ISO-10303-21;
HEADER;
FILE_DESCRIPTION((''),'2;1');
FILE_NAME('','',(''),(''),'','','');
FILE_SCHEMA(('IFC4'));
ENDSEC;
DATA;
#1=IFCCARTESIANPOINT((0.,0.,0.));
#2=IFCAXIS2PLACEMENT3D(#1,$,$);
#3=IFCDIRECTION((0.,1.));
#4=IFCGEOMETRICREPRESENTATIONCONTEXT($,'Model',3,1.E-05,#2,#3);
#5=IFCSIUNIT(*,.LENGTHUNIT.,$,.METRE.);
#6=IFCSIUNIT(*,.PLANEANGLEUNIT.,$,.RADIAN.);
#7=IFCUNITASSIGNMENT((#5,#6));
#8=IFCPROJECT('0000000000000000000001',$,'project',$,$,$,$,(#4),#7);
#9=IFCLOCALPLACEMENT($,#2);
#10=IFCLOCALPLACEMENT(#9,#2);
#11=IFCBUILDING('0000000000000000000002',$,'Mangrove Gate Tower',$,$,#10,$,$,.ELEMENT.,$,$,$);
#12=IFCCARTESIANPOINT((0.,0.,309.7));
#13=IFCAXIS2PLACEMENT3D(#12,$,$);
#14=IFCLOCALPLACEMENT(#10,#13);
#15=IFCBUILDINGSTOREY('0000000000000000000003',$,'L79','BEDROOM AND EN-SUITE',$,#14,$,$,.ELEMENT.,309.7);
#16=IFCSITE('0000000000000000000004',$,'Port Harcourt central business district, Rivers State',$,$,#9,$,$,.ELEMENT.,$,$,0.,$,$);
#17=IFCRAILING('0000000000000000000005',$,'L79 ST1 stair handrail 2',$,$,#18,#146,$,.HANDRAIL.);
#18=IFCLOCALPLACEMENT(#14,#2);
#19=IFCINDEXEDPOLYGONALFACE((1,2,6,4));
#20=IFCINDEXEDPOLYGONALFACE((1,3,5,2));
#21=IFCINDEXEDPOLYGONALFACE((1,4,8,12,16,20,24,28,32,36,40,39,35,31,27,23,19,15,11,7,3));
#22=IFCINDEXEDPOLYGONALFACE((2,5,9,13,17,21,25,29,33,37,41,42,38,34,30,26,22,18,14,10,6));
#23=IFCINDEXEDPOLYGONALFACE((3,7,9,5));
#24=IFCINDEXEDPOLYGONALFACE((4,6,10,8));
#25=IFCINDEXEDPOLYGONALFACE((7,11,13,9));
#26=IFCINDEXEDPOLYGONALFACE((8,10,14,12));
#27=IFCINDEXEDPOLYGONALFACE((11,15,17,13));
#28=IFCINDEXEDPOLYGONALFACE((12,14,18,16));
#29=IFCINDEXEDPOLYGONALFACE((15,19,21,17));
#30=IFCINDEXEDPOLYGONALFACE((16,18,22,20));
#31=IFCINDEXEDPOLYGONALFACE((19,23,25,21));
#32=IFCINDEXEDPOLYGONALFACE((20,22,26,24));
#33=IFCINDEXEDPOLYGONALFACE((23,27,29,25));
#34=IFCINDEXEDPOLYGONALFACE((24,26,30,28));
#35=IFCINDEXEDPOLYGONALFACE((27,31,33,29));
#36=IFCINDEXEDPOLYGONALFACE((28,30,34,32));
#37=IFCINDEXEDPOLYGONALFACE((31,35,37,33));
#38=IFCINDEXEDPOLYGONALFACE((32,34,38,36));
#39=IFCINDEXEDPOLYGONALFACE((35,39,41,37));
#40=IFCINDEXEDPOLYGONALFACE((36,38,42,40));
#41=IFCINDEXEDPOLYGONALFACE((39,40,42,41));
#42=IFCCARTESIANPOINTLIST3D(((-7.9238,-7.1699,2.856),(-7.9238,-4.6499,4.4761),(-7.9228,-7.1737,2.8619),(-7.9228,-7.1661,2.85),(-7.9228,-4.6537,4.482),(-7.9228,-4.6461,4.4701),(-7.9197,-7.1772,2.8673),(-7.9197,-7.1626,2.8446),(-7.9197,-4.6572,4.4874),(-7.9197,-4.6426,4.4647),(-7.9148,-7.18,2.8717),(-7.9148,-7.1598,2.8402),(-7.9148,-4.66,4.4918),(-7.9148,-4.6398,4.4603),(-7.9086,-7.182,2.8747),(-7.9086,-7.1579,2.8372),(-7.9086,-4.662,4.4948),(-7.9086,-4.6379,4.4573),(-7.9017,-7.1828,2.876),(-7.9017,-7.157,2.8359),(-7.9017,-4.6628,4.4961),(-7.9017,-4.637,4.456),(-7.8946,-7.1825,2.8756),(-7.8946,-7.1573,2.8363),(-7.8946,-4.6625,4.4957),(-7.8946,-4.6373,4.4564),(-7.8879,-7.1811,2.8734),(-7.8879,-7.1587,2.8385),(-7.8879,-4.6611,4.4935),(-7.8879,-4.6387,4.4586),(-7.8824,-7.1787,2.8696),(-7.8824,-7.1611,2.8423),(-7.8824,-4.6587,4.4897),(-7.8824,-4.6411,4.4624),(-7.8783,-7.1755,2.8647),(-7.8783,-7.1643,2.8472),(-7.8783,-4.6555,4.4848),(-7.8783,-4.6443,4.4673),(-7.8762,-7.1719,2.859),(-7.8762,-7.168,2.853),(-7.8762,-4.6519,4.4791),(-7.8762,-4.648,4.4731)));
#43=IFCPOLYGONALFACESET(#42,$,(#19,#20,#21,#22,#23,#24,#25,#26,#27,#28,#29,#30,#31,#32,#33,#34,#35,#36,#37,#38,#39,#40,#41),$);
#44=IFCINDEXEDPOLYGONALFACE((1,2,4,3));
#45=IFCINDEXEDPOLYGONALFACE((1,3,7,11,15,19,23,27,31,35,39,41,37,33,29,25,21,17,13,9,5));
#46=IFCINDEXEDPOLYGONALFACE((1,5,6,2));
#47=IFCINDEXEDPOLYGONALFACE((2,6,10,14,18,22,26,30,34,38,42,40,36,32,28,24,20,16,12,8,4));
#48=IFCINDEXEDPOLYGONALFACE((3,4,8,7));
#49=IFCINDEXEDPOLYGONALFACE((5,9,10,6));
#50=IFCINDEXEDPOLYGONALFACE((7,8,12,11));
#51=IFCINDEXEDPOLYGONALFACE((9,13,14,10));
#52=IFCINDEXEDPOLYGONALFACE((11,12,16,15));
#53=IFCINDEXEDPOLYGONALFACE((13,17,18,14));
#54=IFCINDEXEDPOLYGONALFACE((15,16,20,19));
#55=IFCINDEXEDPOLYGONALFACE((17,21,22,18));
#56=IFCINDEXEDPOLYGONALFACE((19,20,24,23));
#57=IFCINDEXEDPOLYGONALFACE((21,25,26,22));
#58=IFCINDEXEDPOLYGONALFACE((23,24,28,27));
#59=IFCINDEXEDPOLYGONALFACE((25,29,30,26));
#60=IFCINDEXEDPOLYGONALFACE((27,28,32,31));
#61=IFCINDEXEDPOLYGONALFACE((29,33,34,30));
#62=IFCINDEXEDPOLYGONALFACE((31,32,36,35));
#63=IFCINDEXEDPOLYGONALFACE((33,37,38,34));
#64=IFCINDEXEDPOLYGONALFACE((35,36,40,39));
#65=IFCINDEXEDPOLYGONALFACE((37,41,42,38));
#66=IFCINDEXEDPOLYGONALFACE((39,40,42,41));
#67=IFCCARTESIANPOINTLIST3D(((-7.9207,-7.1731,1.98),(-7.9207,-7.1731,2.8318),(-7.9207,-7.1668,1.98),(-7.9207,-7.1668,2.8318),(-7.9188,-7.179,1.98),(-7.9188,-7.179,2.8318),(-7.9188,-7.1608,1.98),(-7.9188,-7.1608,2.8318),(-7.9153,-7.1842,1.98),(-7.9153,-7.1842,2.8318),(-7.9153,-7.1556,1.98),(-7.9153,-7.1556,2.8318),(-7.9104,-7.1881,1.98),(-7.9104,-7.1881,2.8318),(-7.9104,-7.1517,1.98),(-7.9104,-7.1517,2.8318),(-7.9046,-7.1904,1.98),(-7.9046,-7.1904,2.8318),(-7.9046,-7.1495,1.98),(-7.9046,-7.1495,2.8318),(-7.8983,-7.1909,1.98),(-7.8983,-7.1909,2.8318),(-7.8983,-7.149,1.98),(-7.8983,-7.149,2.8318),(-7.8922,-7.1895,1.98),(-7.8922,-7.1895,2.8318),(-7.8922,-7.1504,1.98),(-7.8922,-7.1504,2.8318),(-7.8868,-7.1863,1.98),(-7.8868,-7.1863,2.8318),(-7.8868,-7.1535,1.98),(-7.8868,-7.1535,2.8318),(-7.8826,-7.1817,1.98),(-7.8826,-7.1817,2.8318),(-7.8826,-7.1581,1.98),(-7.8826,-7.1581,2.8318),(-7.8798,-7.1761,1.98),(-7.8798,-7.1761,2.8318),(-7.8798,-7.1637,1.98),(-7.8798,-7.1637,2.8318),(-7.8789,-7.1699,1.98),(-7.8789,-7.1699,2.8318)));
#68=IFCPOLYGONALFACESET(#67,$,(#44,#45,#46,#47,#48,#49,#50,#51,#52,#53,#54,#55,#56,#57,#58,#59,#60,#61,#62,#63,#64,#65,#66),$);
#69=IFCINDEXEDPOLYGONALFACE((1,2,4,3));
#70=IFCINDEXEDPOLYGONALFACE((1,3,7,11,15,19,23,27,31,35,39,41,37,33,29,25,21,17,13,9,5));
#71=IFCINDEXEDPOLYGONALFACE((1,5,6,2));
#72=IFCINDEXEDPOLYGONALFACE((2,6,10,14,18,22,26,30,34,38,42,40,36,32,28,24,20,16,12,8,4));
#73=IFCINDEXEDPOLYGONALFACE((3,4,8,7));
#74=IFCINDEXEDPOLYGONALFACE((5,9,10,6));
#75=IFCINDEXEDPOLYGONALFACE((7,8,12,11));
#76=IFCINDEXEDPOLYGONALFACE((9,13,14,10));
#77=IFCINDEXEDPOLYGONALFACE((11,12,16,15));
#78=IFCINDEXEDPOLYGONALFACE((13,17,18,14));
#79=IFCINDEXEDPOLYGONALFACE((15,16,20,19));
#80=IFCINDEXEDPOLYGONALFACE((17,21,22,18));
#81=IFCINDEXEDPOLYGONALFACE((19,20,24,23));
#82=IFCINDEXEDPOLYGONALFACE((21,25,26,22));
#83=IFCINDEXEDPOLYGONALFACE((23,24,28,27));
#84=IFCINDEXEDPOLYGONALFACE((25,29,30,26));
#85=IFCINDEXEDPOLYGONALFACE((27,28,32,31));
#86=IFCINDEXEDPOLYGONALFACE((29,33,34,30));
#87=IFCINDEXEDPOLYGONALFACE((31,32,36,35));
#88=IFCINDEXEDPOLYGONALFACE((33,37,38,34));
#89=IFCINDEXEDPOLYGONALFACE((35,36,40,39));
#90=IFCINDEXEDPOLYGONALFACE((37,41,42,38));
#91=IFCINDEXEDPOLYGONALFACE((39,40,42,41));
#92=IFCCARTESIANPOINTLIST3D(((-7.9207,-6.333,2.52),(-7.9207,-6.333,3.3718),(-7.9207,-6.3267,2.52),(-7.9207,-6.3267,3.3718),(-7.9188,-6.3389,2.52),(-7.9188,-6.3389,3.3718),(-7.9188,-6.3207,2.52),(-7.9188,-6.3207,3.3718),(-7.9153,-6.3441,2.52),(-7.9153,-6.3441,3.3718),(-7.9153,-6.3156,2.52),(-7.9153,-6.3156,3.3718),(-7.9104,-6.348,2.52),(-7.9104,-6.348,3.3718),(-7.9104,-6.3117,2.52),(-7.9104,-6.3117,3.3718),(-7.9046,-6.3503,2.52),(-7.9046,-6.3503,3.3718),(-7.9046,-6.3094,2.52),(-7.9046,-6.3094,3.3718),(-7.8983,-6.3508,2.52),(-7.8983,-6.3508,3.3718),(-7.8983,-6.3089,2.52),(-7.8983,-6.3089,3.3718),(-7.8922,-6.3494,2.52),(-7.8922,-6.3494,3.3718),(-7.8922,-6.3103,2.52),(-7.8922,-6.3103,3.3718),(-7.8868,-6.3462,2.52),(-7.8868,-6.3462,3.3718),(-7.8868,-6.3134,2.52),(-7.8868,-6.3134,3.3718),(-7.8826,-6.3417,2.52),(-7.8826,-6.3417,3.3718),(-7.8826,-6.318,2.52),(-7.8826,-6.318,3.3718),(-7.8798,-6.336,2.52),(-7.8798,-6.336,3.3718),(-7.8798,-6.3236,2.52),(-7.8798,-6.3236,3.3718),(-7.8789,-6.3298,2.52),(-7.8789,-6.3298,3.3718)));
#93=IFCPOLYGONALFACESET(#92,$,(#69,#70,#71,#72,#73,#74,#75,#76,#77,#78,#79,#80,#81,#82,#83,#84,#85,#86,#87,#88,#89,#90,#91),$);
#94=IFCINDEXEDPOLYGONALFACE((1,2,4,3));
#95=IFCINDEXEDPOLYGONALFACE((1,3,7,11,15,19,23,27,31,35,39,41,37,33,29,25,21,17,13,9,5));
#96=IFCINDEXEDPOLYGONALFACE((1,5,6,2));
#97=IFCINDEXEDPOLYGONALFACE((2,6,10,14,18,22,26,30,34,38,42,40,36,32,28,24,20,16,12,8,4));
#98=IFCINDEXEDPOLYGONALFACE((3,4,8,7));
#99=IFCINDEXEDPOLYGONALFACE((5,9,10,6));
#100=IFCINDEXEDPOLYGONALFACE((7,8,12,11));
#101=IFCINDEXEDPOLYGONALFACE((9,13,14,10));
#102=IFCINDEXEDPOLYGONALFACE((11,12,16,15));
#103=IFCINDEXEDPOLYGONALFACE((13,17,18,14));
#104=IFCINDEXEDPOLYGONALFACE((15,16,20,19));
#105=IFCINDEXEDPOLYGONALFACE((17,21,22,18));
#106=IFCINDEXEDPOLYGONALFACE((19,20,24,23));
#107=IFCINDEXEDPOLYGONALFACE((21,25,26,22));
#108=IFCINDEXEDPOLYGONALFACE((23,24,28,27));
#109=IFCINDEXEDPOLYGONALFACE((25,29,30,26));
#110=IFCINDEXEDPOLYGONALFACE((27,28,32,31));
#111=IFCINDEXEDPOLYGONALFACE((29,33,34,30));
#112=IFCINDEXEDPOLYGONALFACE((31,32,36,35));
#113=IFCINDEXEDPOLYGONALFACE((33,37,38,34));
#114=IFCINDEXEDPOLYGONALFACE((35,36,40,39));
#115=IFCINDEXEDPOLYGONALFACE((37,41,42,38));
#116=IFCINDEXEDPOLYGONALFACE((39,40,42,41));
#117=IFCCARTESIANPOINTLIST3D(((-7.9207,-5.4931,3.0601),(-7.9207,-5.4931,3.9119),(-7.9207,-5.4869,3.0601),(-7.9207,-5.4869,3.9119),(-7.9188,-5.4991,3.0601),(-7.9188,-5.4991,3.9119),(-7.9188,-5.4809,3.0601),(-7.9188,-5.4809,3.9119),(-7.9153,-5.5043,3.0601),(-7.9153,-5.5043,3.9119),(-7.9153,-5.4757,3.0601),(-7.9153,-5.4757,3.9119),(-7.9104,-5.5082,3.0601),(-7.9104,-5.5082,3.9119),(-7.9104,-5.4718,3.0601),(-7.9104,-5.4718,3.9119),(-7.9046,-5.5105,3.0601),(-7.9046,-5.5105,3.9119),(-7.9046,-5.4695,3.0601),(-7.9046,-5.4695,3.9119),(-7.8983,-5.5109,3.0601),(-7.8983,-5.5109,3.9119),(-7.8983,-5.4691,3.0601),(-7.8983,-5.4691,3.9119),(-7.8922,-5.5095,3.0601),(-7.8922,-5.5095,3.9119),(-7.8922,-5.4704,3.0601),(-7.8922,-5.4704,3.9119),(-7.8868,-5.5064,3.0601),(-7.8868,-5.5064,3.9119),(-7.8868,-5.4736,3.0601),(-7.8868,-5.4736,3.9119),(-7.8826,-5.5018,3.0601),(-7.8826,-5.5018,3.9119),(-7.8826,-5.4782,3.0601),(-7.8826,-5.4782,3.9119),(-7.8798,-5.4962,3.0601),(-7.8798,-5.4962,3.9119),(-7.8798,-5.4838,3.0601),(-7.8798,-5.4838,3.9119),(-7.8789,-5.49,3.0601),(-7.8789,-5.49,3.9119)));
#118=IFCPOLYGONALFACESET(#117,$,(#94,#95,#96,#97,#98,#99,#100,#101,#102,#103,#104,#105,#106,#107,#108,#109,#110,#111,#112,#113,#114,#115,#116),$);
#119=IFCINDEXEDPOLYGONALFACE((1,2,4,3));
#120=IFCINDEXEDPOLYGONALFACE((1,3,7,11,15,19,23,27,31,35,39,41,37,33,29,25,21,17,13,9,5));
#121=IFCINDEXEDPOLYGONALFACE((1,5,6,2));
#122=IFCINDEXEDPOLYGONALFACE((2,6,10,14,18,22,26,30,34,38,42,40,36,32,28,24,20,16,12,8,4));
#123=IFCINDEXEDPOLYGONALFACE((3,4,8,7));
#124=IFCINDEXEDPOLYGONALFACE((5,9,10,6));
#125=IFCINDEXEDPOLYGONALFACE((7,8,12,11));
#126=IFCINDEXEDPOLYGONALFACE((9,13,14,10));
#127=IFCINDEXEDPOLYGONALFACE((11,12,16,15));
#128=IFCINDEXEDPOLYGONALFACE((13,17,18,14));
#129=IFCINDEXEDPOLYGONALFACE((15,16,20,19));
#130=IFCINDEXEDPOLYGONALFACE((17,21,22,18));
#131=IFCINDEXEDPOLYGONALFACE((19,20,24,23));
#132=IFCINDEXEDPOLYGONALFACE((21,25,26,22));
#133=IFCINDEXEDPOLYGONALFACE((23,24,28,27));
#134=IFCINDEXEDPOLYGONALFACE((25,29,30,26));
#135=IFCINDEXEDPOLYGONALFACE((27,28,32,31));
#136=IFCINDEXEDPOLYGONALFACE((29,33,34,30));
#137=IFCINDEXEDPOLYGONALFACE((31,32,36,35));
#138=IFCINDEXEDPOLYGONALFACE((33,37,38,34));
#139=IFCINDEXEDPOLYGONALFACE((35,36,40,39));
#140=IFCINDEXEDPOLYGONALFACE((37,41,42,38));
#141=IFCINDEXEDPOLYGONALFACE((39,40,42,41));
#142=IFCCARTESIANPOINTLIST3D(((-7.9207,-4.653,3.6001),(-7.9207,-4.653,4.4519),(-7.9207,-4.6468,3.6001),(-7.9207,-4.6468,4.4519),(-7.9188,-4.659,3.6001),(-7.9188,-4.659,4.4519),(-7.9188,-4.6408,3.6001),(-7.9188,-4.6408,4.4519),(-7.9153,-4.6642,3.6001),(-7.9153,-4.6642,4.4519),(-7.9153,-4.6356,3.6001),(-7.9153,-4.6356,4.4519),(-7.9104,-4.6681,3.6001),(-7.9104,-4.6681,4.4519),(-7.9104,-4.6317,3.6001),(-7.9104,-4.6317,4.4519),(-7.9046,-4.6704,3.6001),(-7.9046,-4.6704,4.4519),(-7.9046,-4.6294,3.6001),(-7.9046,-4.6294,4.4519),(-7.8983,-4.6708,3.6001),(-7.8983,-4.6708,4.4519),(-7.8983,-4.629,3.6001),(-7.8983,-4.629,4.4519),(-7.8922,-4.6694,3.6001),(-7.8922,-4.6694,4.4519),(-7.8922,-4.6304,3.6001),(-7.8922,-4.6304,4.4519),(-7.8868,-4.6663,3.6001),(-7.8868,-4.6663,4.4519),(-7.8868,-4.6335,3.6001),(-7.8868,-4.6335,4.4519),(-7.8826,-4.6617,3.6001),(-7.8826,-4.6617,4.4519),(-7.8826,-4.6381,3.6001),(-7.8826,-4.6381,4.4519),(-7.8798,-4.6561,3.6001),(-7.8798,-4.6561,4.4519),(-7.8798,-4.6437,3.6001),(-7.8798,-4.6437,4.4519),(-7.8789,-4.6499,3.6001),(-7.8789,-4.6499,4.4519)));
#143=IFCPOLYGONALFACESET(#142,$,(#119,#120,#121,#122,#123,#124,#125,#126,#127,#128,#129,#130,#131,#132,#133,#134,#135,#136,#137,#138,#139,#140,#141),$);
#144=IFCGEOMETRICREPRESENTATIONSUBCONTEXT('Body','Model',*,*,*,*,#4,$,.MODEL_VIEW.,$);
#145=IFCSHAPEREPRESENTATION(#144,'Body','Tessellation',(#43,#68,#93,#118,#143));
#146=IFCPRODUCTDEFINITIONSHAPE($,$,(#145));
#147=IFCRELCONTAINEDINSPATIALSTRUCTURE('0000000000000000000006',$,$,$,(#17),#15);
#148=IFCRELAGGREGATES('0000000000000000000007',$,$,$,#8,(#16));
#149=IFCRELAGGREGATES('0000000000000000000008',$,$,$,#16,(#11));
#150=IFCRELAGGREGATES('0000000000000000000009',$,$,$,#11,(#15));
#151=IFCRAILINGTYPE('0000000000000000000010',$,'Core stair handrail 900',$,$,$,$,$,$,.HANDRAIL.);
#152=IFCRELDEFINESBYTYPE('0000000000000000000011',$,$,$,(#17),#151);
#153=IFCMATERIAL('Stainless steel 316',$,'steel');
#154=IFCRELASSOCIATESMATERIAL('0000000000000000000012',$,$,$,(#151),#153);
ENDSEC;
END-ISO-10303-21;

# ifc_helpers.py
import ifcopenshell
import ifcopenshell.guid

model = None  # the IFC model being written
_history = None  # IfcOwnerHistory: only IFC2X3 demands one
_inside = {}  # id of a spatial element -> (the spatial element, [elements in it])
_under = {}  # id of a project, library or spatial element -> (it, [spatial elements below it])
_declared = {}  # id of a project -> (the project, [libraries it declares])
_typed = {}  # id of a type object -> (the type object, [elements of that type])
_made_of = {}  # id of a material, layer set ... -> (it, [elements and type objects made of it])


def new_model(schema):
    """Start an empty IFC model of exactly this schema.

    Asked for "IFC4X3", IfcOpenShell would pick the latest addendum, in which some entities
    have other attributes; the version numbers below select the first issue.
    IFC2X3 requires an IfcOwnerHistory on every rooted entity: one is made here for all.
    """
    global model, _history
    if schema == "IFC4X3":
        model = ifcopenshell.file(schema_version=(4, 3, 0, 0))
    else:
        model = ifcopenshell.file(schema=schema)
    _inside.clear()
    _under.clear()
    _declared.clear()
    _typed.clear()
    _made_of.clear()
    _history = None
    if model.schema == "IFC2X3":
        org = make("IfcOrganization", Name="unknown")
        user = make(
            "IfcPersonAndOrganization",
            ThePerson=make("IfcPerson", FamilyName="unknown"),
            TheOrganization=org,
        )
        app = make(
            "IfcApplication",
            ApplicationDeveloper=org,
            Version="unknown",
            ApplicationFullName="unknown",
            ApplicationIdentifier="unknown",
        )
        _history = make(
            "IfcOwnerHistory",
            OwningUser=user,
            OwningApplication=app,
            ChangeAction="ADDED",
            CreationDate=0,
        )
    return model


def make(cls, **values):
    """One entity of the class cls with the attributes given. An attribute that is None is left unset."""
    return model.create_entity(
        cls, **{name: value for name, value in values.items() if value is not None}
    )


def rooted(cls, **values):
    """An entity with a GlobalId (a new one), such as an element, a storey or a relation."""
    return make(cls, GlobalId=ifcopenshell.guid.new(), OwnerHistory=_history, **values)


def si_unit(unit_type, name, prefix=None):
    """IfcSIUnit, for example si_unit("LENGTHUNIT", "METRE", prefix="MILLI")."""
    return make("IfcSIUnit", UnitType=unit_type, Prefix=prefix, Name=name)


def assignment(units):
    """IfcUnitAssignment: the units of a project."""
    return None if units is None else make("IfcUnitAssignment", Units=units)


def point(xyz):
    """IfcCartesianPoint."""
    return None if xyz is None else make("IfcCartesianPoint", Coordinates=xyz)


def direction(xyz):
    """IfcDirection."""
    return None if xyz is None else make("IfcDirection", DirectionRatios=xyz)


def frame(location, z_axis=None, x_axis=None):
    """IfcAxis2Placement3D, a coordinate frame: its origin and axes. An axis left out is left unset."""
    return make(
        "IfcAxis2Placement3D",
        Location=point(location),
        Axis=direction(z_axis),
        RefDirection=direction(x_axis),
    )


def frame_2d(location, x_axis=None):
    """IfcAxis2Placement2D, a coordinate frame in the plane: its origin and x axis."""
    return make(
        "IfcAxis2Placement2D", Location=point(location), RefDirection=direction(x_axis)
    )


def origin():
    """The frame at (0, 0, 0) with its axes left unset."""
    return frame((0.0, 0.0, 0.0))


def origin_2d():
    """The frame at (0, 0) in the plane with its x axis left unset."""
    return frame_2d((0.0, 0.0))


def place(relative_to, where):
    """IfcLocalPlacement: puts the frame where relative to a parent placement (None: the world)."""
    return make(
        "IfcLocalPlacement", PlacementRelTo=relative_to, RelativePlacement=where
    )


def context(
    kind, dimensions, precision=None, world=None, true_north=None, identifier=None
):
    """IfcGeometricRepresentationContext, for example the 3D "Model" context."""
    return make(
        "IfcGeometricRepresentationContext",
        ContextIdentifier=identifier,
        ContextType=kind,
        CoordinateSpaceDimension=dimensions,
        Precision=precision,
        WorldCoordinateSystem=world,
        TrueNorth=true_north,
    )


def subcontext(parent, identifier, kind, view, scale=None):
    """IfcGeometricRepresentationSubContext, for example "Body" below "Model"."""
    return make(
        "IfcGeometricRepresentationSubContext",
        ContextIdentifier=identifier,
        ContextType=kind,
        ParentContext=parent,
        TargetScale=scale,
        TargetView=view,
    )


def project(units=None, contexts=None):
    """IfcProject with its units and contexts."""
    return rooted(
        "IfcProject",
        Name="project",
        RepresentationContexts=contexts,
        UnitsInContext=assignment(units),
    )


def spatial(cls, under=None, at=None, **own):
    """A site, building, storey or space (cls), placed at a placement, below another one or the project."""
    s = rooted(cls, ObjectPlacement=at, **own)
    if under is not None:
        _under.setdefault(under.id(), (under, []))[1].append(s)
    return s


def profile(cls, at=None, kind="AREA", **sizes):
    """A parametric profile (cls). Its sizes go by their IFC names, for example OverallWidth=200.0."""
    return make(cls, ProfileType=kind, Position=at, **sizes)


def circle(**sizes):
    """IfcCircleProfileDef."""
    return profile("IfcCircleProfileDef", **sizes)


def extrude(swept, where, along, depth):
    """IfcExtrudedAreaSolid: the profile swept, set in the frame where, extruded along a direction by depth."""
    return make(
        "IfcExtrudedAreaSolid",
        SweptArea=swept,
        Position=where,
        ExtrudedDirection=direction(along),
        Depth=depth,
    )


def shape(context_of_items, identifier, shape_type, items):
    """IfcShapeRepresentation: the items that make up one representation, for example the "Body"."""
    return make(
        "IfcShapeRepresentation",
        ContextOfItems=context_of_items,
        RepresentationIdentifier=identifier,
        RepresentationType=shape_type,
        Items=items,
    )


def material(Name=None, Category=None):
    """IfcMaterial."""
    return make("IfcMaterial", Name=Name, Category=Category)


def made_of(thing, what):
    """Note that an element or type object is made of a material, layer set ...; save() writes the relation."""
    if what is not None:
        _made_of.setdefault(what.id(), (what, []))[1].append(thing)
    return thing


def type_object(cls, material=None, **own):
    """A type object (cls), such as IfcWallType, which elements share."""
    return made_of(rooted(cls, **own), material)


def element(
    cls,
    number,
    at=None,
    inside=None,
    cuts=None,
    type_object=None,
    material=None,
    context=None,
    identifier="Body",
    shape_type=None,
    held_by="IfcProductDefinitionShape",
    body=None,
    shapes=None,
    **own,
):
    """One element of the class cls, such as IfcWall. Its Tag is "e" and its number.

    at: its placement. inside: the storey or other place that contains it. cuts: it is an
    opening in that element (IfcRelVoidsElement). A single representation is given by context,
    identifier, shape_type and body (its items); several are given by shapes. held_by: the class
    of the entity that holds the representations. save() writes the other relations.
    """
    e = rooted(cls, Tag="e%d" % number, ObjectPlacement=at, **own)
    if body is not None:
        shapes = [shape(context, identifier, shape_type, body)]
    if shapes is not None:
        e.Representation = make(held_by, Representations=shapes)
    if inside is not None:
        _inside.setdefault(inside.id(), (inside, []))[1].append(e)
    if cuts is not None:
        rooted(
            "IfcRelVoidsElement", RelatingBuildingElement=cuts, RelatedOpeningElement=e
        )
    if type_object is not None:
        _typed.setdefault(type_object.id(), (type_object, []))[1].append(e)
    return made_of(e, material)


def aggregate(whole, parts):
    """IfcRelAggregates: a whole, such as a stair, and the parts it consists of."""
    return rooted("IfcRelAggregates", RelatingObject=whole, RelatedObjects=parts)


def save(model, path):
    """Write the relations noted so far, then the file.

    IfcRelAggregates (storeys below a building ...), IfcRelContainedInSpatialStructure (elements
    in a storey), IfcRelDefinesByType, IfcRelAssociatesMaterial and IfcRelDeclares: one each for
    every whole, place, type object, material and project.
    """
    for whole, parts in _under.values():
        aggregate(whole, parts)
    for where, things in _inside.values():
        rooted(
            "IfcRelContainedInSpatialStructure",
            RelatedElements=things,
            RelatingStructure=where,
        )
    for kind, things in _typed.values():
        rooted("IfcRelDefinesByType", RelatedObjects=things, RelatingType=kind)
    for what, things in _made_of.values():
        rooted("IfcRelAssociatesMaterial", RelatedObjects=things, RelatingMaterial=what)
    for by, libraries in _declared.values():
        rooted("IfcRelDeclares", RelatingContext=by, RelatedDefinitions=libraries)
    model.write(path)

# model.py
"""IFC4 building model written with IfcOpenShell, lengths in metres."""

from ifc_helpers import new_model, si_unit, direction, frame, origin, origin_2d, place, context, subcontext, project, spatial, circle, extrude, material, type_object, element, save


model = new_model("IFC4")

# Units and contexts
model_context = context("Model", 3, precision=1e-05, world=origin(), true_north=direction((0.0, 1.0)))
body_context = subcontext(model_context, "Body", "Model", "MODEL_VIEW")
ifc_project = project(units=[si_unit("LENGTHUNIT", "METRE"), si_unit("PLANEANGLEUNIT", "RADIAN")], contexts=[model_context])

# Site, building, storey
site_placement = place(None, origin())
site = spatial("IfcSite", under=ifc_project, at=site_placement, Name="Port Harcourt central business district, Rivers State", CompositionType="ELEMENT", RefElevation=0.0)
building_placement = place(site_placement, origin())
building = spatial("IfcBuilding", under=site, at=building_placement, Name="Mangrove Gate Tower", CompositionType="ELEMENT")
storey_placement = place(building_placement, frame((0.0, 0.0, 309.7)))
storey = spatial("IfcBuildingStorey", under=building, at=storey_placement, Name="L79", Description="BEDROOM AND EN-SUITE", CompositionType="ELEMENT", Elevation=309.7)

# Railing
ifc_material_1 = material(Name="Stainless steel 316", Category="steel")
railing_type_1 = type_object("IfcRailingType", Name="Core stair handrail 900", PredefinedType="HANDRAIL", material=ifc_material_1)
railing_1_placement = place(storey_placement, frame((-7.8999, -7.1699, 1.98)))
element("IfcRailing", 1, at=railing_1_placement, inside=storey, type_object=railing_type_1, Name="L79 ST1 stair handrail 2", PredefinedType="HANDRAIL", context=body_context, shape_type="SweptSolid", body=[
    extrude(circle(Radius=0.0239, at=origin_2d()), frame((0.0, 0.0, 0.876), z_axis=(0.0, 0.841163, 0.540782), x_axis=(-1.0, 0.0, 0.0)), (0.0, 0.0, 1.0), 2.9958),
    extrude(circle(Radius=0.021, at=origin_2d()), origin(), (0.0, 0.0, 1.0), 0.8518),
    extrude(circle(Radius=0.021, at=origin_2d()), frame((0.0, 0.8401, 0.54)), (0.0, 0.0, 1.0), 0.8518),
    extrude(circle(Radius=0.021, at=origin_2d()), frame((0.0, 1.6799, 1.0801)), (0.0, 0.0, 1.0), 0.8518),
    extrude(circle(Radius=0.021, at=origin_2d()), frame((0.0, 2.52, 1.6201)), (0.0, 0.0, 1.0), 0.8518),
])

save(model, "model.ifc")
